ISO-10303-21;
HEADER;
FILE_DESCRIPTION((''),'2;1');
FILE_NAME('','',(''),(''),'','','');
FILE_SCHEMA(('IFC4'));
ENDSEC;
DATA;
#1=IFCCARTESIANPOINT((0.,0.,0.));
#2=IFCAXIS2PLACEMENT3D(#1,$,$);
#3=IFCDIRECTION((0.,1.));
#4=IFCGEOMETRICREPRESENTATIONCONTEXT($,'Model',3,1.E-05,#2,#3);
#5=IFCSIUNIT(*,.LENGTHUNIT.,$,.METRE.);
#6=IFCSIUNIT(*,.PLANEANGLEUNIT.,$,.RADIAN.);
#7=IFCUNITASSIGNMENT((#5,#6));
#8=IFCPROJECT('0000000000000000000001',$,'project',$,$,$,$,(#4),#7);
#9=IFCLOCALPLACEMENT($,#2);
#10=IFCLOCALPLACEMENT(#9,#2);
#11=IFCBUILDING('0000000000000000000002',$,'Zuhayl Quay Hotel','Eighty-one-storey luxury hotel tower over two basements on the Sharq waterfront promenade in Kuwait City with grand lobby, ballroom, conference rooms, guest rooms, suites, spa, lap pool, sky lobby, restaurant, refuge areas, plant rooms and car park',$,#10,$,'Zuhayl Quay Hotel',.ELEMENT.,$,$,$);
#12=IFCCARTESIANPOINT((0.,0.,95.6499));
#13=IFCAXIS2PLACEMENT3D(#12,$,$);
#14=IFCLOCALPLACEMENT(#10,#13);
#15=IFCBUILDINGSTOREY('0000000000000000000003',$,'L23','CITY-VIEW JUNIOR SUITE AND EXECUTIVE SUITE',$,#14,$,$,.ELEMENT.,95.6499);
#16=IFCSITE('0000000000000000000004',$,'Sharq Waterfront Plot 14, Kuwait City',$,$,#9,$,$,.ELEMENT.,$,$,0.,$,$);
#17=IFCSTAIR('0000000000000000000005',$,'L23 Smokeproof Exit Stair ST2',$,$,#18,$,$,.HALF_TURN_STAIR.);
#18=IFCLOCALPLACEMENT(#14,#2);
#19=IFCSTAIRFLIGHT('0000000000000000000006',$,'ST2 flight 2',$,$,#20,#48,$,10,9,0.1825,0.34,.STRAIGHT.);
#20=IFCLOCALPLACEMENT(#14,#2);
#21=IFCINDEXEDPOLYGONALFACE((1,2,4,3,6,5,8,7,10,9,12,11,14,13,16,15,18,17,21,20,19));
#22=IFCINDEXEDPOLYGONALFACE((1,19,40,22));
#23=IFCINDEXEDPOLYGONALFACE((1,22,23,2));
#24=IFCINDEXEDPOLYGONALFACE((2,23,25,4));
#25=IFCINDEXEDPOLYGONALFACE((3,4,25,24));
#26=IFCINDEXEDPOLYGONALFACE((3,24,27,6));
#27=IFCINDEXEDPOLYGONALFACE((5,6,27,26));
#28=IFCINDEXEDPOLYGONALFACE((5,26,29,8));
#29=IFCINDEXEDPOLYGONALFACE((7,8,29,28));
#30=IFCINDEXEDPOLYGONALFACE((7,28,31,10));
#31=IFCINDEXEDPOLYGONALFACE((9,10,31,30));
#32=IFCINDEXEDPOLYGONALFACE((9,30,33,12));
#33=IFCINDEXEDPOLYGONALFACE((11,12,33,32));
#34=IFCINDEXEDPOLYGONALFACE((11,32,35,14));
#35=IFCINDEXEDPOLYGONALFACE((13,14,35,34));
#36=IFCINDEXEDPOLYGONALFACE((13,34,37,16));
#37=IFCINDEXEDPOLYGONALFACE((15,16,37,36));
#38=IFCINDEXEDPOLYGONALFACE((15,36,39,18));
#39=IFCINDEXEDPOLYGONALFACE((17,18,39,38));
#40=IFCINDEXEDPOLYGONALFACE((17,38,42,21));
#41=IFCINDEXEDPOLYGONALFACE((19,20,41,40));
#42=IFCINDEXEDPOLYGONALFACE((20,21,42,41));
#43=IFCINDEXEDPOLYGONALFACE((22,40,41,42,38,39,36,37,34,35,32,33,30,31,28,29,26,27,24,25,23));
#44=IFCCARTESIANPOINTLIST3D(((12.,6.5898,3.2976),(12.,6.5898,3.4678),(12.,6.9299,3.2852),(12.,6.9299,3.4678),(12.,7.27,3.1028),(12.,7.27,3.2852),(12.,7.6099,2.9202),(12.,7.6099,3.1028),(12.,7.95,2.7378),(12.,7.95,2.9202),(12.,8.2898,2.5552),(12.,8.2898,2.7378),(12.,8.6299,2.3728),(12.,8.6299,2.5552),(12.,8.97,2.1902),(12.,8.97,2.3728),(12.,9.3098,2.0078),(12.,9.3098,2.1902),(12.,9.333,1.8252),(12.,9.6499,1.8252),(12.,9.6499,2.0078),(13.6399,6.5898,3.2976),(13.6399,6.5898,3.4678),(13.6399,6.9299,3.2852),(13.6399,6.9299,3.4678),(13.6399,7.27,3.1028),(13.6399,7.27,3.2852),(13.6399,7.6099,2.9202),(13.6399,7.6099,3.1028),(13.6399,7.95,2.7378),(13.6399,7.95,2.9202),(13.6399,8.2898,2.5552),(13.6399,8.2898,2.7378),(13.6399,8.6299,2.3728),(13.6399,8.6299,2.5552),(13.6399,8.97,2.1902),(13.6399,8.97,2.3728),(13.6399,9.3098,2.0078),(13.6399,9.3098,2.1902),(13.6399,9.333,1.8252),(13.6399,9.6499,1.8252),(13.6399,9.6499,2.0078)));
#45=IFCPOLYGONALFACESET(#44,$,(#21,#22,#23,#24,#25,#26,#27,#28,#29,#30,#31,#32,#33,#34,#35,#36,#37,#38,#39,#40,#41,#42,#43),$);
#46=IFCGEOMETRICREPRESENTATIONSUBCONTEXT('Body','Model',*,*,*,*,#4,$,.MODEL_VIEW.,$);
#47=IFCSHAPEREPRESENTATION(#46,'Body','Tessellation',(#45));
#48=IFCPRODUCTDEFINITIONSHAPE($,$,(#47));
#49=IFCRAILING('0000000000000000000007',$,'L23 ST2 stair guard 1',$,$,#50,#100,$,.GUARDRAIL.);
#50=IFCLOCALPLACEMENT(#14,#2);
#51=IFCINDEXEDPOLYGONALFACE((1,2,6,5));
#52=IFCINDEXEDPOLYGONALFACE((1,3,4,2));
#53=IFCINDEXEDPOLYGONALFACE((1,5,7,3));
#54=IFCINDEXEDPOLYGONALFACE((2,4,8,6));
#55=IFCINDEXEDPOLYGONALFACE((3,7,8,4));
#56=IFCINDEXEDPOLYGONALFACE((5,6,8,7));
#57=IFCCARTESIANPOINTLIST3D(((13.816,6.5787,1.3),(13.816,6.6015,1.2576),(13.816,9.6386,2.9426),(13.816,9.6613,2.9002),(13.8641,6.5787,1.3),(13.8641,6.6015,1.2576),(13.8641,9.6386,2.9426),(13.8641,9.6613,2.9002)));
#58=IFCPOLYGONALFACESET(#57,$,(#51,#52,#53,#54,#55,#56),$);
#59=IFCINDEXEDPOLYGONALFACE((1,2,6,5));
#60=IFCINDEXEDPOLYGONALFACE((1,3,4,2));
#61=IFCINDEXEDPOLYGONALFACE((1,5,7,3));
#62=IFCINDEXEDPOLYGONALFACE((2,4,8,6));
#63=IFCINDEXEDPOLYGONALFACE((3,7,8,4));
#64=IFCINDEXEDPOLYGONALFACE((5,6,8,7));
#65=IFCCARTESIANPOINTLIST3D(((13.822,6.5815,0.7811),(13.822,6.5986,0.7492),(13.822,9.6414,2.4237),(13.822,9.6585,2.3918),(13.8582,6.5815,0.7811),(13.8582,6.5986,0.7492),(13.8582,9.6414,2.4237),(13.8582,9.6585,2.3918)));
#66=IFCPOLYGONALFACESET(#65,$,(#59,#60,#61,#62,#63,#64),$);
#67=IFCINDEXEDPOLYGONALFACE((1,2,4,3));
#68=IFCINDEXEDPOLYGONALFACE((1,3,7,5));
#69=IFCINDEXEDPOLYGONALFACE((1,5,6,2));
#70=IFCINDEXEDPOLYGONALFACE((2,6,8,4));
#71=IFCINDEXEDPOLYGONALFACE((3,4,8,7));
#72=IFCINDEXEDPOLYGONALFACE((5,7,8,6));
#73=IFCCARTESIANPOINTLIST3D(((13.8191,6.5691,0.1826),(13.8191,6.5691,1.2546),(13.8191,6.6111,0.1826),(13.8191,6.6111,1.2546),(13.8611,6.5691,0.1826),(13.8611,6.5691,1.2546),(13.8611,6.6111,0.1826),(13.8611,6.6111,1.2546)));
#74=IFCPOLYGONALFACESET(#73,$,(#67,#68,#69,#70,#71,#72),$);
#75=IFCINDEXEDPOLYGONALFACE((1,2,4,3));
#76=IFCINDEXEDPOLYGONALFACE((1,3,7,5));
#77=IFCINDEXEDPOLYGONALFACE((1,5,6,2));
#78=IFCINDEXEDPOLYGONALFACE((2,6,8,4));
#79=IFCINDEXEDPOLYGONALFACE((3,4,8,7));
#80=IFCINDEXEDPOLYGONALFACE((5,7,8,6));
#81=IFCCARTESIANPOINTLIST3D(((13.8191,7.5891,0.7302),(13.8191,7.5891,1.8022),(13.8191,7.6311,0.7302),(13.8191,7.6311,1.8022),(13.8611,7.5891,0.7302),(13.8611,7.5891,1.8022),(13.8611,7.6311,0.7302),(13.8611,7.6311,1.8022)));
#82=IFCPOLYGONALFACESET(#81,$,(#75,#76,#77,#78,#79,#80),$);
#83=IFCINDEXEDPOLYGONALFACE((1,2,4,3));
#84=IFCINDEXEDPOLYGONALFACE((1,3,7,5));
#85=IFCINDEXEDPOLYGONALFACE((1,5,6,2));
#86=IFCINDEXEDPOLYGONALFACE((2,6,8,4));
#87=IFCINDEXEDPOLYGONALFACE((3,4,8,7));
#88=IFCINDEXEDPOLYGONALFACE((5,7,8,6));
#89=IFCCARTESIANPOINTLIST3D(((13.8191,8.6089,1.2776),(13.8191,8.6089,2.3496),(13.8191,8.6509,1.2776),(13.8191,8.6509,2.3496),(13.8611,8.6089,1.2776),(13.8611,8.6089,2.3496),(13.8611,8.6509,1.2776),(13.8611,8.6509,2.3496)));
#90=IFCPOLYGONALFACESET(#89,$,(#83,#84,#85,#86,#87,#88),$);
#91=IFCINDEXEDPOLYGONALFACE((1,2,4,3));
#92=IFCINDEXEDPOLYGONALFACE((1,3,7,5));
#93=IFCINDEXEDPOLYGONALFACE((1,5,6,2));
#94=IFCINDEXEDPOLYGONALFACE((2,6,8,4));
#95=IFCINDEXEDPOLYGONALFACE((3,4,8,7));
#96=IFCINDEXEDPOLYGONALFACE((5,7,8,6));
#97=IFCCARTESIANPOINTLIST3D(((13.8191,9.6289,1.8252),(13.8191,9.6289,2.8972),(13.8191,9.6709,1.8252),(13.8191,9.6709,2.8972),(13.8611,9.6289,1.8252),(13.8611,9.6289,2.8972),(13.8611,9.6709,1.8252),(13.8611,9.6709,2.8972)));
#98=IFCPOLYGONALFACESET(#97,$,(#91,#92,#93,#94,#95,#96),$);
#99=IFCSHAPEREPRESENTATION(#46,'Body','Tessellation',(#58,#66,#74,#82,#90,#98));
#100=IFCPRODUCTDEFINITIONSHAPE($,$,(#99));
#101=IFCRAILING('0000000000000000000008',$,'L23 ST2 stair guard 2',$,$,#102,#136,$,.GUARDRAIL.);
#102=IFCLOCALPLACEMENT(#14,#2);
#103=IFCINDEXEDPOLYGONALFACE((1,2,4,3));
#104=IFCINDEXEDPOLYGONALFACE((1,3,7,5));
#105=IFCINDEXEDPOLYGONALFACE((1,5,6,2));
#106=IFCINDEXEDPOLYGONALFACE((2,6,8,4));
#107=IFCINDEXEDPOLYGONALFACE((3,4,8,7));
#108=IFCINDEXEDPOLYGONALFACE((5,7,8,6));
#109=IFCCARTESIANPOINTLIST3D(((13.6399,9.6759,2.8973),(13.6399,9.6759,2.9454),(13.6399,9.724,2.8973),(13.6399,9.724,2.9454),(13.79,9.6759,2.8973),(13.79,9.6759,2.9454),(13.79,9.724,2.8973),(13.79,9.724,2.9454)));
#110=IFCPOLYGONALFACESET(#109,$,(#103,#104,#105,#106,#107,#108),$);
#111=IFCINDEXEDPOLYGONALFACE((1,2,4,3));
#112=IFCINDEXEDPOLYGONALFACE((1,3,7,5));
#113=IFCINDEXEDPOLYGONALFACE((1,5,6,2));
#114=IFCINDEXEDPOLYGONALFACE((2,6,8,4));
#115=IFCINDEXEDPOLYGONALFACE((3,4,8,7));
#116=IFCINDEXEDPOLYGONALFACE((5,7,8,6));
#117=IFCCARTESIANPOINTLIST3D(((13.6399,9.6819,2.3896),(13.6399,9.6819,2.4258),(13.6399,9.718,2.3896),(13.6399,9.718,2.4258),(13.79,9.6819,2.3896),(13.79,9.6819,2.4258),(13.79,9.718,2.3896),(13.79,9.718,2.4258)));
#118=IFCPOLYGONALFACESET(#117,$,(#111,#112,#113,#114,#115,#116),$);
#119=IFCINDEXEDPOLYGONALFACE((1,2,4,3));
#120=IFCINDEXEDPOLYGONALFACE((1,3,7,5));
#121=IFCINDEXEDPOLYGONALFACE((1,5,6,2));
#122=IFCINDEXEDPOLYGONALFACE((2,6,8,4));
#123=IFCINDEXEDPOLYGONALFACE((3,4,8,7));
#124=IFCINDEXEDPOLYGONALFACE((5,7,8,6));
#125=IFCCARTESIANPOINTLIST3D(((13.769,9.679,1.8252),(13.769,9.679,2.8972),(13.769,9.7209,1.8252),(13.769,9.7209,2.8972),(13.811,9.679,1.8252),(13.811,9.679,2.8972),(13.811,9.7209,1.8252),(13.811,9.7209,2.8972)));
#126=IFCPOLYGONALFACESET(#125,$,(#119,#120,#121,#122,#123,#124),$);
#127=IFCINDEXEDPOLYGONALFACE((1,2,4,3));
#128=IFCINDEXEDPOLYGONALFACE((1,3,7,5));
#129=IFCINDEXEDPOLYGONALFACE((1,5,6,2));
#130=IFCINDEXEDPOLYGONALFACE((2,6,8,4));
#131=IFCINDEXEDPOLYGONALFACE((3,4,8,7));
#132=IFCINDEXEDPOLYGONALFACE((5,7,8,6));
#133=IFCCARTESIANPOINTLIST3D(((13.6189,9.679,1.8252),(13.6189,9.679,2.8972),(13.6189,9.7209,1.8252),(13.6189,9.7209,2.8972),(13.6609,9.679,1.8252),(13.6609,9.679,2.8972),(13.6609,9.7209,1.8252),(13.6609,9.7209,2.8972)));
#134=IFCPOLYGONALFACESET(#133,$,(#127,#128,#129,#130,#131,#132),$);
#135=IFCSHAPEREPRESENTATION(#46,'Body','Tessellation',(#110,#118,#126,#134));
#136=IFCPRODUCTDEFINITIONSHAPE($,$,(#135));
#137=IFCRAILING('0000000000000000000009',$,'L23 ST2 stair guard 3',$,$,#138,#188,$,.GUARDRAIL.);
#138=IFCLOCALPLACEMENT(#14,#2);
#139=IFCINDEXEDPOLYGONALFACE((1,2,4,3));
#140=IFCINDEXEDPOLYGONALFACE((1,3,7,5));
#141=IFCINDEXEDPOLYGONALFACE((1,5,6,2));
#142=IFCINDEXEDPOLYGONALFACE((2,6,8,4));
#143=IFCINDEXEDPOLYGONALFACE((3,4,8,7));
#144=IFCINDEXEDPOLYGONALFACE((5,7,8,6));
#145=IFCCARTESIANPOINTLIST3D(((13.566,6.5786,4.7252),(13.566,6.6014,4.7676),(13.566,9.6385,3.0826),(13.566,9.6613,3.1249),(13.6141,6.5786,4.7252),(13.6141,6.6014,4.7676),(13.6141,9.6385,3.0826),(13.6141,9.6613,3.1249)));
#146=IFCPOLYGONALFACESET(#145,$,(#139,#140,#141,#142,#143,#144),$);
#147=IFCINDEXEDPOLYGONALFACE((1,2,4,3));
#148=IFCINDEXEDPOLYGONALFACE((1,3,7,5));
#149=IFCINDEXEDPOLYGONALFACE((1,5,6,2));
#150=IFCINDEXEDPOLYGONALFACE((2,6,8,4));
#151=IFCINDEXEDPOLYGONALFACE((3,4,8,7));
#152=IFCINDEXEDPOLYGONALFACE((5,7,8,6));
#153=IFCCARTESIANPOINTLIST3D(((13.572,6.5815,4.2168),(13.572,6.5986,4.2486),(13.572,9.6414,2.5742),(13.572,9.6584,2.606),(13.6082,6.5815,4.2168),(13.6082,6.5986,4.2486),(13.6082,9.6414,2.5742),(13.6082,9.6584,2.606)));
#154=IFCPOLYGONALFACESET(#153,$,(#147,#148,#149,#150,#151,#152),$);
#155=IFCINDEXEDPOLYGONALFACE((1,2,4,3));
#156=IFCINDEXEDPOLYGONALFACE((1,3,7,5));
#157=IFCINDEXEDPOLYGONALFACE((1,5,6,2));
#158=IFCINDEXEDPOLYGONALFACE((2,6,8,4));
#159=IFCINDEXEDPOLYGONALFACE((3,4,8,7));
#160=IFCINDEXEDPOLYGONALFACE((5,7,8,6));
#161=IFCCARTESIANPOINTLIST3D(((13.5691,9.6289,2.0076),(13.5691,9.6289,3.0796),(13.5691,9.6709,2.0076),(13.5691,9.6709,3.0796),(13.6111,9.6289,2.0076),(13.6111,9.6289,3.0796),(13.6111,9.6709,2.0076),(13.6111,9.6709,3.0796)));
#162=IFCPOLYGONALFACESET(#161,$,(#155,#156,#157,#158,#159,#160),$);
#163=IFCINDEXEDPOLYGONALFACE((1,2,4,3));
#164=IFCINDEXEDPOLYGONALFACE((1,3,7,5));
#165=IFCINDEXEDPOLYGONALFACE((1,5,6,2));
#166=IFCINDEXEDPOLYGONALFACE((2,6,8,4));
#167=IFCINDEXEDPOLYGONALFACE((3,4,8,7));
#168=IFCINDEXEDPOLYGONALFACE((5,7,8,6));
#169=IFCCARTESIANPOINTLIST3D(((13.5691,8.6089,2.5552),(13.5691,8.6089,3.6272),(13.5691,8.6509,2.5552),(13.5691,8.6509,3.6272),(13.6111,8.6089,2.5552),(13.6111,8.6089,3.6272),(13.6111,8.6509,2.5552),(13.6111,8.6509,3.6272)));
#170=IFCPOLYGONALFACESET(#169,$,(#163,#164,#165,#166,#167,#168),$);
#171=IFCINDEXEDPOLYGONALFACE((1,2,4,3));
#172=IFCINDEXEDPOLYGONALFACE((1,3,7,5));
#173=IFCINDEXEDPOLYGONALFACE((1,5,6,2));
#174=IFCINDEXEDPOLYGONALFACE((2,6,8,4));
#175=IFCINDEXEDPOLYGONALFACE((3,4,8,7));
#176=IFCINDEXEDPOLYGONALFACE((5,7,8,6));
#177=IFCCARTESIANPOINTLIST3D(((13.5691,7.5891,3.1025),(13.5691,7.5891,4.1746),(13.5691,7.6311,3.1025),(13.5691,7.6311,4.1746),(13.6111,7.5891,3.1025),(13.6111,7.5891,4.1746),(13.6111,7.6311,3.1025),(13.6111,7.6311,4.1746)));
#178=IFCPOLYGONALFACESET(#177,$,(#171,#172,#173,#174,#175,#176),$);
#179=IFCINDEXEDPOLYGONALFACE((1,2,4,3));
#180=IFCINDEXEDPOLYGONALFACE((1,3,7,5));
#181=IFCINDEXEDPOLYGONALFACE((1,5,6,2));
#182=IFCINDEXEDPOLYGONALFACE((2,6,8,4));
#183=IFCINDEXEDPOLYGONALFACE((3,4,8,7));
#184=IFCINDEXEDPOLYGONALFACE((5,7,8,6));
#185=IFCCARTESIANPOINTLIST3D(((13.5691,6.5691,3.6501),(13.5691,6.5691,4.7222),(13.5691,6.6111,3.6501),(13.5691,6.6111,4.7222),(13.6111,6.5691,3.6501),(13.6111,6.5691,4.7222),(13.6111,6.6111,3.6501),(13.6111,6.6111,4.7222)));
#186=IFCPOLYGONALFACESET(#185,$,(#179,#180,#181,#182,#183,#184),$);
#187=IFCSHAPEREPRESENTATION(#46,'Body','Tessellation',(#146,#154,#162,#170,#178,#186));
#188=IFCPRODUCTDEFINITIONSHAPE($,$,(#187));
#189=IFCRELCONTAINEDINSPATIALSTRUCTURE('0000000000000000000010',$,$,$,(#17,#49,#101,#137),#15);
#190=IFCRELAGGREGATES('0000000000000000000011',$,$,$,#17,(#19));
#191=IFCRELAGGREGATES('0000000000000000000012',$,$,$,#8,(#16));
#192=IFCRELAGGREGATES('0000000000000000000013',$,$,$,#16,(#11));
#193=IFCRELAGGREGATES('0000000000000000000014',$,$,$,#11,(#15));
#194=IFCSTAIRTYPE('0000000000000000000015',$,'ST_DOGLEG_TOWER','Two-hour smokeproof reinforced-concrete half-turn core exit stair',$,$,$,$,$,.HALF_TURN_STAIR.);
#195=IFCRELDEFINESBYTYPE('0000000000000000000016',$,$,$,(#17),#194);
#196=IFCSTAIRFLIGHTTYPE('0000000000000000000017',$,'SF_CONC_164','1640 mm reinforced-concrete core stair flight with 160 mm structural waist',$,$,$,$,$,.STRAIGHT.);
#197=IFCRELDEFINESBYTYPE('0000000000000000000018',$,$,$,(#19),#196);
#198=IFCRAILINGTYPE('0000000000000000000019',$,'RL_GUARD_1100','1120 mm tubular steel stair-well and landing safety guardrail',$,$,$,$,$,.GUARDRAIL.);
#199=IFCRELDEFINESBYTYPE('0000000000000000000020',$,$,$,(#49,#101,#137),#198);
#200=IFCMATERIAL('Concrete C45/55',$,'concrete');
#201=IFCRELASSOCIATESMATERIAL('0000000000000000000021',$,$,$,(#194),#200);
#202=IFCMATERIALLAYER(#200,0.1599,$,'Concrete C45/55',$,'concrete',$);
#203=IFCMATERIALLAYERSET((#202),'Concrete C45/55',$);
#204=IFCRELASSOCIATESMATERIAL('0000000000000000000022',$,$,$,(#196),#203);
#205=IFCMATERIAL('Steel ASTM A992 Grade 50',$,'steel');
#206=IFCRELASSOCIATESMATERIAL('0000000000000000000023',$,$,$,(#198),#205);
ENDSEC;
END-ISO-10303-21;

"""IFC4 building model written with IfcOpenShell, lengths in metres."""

from ifc_helpers import new_model, si_unit, direction, frame, origin, origin_2d, place, context, subcontext, project, spatial, polyline, rectangle, outline, extrude, material, layer, layer_set, type_object, element, aggregate, save


model = new_model("IFC4")

# Units and contexts
model_context = context("Model", 3, precision=1e-05, world=origin(), true_north=direction((0.0, 1.0)))
body_context = subcontext(model_context, "Body", "Model", "MODEL_VIEW")
ifc_project = project(units=[si_unit("LENGTHUNIT", "METRE"), si_unit("PLANEANGLEUNIT", "RADIAN")], contexts=[model_context])

# Site, building, storey
site_placement = place(None, origin())
site = spatial("IfcSite", under=ifc_project, at=site_placement, Name="Sharq Waterfront Plot 14, Kuwait City", CompositionType="ELEMENT", RefElevation=0.0)
building_placement = place(site_placement, origin())
building = spatial("IfcBuilding", under=site, at=building_placement, Name="Zuhayl Quay Hotel", Description="Eighty-one-storey luxury hotel tower over two basements on the Sharq waterfront promenade in Kuwait City with grand lobby, ballroom, conference rooms, guest rooms, suites, spa, lap pool, sky lobby, restaurant, refuge areas, plant rooms and car park", LongName="Zuhayl Quay Hotel", CompositionType="ELEMENT")
storey_placement = place(building_placement, frame((0.0, 0.0, 95.6499)))
storey = spatial("IfcBuildingStorey", under=building, at=storey_placement, Name="L23", Description="CITY-VIEW JUNIOR SUITE AND EXECUTIVE SUITE", CompositionType="ELEMENT", Elevation=95.6499)

# Shared definitions
ifc_material_1 = material(Name="Steel ASTM A992 Grade 50", Category="steel")

# Stair, stair flight
ifc_material_2 = material(Name="Concrete C45/55", Category="concrete")
stair_type = type_object("IfcStairType", Name="ST_DOGLEG_TOWER", Description="Two-hour smokeproof reinforced-concrete half-turn core exit stair", PredefinedType="HALF_TURN_STAIR", material=ifc_material_2)
stair_placement = place(storey_placement, origin())
stair = element("IfcStair", 1, at=stair_placement, inside=storey, type_object=stair_type, Name="L23 Smokeproof Exit Stair ST2", PredefinedType="HALF_TURN_STAIR")
ifc_layer_1 = layer(ifc_material_2, 0.1599, Name="Concrete C45/55", Category="concrete")
ifc_layer_set_1 = layer_set([ifc_layer_1], Name="Concrete C45/55")
stair_flight_type = type_object("IfcStairFlightType", Name="SF_CONC_164", Description="1640 mm reinforced-concrete core stair flight with 160 mm structural waist", PredefinedType="STRAIGHT", material=ifc_layer_set_1)
stair_flight_1_placement = place(storey_placement, frame((12.8201, 9.6499, 1.8252), z_axis=(0.0, 0.0, 1.0), x_axis=(0.0, -1.0, 0.0)))
stair_flight_1 = element("IfcStairFlight", 2, at=stair_flight_1_placement, type_object=stair_flight_type, Name="ST2 flight 2", NumberOfRisers=10, NumberOfTreads=9, PredefinedType="STRAIGHT", RiserHeight=0.1825, TreadLength=0.34, context=body_context, shape_type="SweptSolid", body=[
    extrude(outline(polyline([(0.0, 0.0), (0.0, 0.1826), (0.3401, 0.1826), (0.3401, 0.365), (0.6799, 0.365), (0.6799, 0.5476), (1.02, 0.5476), (1.02, 0.73), (1.3601, 0.73), (1.3601, 0.9126), (1.7, 0.9126), (1.7, 1.095), (2.04, 1.095), (2.04, 1.2776), (2.3799, 1.2776), (2.3799, 1.46), (2.72, 1.46), (2.72, 1.6426), (3.0601, 1.6426), (3.0601, 1.825), (3.0601, 1.4724), (0.3169, 0.0), (0.0, 0.0)])), frame((0.0, 0.8198, 0.0), z_axis=(0.0, -1.0, 0.0), x_axis=(1.0, 0.0, 0.0)), (0.0, 0.0, 1.0), 1.6399),
])
aggregate(stair, [stair_flight_1])

# Railings
railing_type_1 = type_object("IfcRailingType", Name="RL_GUARD_1100", Description="1120 mm tubular steel stair-well and landing safety guardrail", PredefinedType="GUARDRAIL", material=ifc_material_1)
railing_1_placement = place(storey_placement, frame((13.8401, 6.5901, 0.1826)))
element("IfcRailing", 3, at=railing_1_placement, inside=storey, type_object=railing_type_1, Name="L23 ST2 stair guard 1", PredefinedType="GUARDRAIL", context=body_context, shape_type="SweptSolid", body=[
    extrude(rectangle(XDim=0.0481, YDim=0.0481, at=origin_2d()), frame((0.0, 0.0, 1.0962), z_axis=(0.0, 0.881073, 0.47298), x_axis=(-1.0, 0.0, 0.0)), (0.0, 0.0, 1.0), 3.4729),
    extrude(rectangle(XDim=0.0361, YDim=0.0361, at=origin_2d()), frame((0.0, 0.0, 0.5825), z_axis=(0.0, 0.881073, 0.47298), x_axis=(-1.0, 0.0, 0.0)), (0.0, 0.0, 1.0), 3.4729),
    extrude(rectangle(XDim=0.042, YDim=0.042, at=origin_2d()), origin(), (0.0, 0.0, 1.0), 1.072),
    extrude(rectangle(XDim=0.042, YDim=0.042, at=origin_2d()), frame((0.0, 1.02, 0.5476)), (0.0, 0.0, 1.0), 1.072),
    extrude(rectangle(XDim=0.042, YDim=0.042, at=origin_2d()), frame((0.0, 2.0398, 1.095)), (0.0, 0.0, 1.0), 1.072),
    extrude(rectangle(XDim=0.042, YDim=0.042, at=origin_2d()), frame((0.0, 3.0598, 1.6426)), (0.0, 0.0, 1.0), 1.072),
])
railing_2_placement = place(storey_placement, frame((13.79, 9.7, 1.8252)))
element("IfcRailing", 4, at=railing_2_placement, inside=storey, type_object=railing_type_1, Name="L23 ST2 stair guard 2", PredefinedType="GUARDRAIL", context=body_context, shape_type="SweptSolid", body=[
    extrude(rectangle(XDim=0.0481, YDim=0.0481, at=origin_2d()), frame((0.0, 0.0, 1.0962), z_axis=(-1.0, 0.0, 0.0), x_axis=(0.0, -1.0, 0.0)), (0.0, 0.0, 1.0), 0.1501),
    extrude(rectangle(XDim=0.0361, YDim=0.0361, at=origin_2d()), frame((0.0, 0.0, 0.5825), z_axis=(-1.0, 0.0, 0.0), x_axis=(0.0, -1.0, 0.0)), (0.0, 0.0, 1.0), 0.1501),
    extrude(rectangle(XDim=0.042, YDim=0.042, at=origin_2d()), origin(), (0.0, 0.0, 1.0), 1.072),
    extrude(rectangle(XDim=0.042, YDim=0.042, at=origin_2d()), frame((-0.1501, 0.0, 0.0)), (0.0, 0.0, 1.0), 1.072),
])
railing_3_placement = place(storey_placement, frame((13.5901, 9.6499, 2.0076)))
element("IfcRailing", 5, at=railing_3_placement, inside=storey, type_object=railing_type_1, Name="L23 ST2 stair guard 3", PredefinedType="GUARDRAIL", context=body_context, shape_type="SweptSolid", body=[
    extrude(rectangle(XDim=0.0481, YDim=0.0481, at=origin_2d()), frame((0.0, 0.0, 1.0962), z_axis=(0.0, -0.881073, 0.47298), x_axis=(1.0, 0.0, 0.0)), (0.0, 0.0, 1.0), 3.4729),
    extrude(rectangle(XDim=0.0361, YDim=0.0361, at=origin_2d()), frame((0.0, 0.0, 0.5825), z_axis=(0.0, -0.881073, 0.47298), x_axis=(1.0, 0.0, 0.0)), (0.0, 0.0, 1.0), 3.4729),
    extrude(rectangle(XDim=0.042, YDim=0.042, at=origin_2d()), origin(), (0.0, 0.0, 1.0), 1.072),
    extrude(rectangle(XDim=0.042, YDim=0.042, at=origin_2d()), frame((0.0, -1.02, 0.5476)), (0.0, 0.0, 1.0), 1.072),
    extrude(rectangle(XDim=0.042, YDim=0.042, at=origin_2d()), frame((0.0, -2.0398, 1.095)), (0.0, 0.0, 1.0), 1.072),
    extrude(rectangle(XDim=0.042, YDim=0.042, at=origin_2d()), frame((0.0, -3.0598, 1.6426)), (0.0, 0.0, 1.0), 1.072),
])

save(model, "model.ifc")
